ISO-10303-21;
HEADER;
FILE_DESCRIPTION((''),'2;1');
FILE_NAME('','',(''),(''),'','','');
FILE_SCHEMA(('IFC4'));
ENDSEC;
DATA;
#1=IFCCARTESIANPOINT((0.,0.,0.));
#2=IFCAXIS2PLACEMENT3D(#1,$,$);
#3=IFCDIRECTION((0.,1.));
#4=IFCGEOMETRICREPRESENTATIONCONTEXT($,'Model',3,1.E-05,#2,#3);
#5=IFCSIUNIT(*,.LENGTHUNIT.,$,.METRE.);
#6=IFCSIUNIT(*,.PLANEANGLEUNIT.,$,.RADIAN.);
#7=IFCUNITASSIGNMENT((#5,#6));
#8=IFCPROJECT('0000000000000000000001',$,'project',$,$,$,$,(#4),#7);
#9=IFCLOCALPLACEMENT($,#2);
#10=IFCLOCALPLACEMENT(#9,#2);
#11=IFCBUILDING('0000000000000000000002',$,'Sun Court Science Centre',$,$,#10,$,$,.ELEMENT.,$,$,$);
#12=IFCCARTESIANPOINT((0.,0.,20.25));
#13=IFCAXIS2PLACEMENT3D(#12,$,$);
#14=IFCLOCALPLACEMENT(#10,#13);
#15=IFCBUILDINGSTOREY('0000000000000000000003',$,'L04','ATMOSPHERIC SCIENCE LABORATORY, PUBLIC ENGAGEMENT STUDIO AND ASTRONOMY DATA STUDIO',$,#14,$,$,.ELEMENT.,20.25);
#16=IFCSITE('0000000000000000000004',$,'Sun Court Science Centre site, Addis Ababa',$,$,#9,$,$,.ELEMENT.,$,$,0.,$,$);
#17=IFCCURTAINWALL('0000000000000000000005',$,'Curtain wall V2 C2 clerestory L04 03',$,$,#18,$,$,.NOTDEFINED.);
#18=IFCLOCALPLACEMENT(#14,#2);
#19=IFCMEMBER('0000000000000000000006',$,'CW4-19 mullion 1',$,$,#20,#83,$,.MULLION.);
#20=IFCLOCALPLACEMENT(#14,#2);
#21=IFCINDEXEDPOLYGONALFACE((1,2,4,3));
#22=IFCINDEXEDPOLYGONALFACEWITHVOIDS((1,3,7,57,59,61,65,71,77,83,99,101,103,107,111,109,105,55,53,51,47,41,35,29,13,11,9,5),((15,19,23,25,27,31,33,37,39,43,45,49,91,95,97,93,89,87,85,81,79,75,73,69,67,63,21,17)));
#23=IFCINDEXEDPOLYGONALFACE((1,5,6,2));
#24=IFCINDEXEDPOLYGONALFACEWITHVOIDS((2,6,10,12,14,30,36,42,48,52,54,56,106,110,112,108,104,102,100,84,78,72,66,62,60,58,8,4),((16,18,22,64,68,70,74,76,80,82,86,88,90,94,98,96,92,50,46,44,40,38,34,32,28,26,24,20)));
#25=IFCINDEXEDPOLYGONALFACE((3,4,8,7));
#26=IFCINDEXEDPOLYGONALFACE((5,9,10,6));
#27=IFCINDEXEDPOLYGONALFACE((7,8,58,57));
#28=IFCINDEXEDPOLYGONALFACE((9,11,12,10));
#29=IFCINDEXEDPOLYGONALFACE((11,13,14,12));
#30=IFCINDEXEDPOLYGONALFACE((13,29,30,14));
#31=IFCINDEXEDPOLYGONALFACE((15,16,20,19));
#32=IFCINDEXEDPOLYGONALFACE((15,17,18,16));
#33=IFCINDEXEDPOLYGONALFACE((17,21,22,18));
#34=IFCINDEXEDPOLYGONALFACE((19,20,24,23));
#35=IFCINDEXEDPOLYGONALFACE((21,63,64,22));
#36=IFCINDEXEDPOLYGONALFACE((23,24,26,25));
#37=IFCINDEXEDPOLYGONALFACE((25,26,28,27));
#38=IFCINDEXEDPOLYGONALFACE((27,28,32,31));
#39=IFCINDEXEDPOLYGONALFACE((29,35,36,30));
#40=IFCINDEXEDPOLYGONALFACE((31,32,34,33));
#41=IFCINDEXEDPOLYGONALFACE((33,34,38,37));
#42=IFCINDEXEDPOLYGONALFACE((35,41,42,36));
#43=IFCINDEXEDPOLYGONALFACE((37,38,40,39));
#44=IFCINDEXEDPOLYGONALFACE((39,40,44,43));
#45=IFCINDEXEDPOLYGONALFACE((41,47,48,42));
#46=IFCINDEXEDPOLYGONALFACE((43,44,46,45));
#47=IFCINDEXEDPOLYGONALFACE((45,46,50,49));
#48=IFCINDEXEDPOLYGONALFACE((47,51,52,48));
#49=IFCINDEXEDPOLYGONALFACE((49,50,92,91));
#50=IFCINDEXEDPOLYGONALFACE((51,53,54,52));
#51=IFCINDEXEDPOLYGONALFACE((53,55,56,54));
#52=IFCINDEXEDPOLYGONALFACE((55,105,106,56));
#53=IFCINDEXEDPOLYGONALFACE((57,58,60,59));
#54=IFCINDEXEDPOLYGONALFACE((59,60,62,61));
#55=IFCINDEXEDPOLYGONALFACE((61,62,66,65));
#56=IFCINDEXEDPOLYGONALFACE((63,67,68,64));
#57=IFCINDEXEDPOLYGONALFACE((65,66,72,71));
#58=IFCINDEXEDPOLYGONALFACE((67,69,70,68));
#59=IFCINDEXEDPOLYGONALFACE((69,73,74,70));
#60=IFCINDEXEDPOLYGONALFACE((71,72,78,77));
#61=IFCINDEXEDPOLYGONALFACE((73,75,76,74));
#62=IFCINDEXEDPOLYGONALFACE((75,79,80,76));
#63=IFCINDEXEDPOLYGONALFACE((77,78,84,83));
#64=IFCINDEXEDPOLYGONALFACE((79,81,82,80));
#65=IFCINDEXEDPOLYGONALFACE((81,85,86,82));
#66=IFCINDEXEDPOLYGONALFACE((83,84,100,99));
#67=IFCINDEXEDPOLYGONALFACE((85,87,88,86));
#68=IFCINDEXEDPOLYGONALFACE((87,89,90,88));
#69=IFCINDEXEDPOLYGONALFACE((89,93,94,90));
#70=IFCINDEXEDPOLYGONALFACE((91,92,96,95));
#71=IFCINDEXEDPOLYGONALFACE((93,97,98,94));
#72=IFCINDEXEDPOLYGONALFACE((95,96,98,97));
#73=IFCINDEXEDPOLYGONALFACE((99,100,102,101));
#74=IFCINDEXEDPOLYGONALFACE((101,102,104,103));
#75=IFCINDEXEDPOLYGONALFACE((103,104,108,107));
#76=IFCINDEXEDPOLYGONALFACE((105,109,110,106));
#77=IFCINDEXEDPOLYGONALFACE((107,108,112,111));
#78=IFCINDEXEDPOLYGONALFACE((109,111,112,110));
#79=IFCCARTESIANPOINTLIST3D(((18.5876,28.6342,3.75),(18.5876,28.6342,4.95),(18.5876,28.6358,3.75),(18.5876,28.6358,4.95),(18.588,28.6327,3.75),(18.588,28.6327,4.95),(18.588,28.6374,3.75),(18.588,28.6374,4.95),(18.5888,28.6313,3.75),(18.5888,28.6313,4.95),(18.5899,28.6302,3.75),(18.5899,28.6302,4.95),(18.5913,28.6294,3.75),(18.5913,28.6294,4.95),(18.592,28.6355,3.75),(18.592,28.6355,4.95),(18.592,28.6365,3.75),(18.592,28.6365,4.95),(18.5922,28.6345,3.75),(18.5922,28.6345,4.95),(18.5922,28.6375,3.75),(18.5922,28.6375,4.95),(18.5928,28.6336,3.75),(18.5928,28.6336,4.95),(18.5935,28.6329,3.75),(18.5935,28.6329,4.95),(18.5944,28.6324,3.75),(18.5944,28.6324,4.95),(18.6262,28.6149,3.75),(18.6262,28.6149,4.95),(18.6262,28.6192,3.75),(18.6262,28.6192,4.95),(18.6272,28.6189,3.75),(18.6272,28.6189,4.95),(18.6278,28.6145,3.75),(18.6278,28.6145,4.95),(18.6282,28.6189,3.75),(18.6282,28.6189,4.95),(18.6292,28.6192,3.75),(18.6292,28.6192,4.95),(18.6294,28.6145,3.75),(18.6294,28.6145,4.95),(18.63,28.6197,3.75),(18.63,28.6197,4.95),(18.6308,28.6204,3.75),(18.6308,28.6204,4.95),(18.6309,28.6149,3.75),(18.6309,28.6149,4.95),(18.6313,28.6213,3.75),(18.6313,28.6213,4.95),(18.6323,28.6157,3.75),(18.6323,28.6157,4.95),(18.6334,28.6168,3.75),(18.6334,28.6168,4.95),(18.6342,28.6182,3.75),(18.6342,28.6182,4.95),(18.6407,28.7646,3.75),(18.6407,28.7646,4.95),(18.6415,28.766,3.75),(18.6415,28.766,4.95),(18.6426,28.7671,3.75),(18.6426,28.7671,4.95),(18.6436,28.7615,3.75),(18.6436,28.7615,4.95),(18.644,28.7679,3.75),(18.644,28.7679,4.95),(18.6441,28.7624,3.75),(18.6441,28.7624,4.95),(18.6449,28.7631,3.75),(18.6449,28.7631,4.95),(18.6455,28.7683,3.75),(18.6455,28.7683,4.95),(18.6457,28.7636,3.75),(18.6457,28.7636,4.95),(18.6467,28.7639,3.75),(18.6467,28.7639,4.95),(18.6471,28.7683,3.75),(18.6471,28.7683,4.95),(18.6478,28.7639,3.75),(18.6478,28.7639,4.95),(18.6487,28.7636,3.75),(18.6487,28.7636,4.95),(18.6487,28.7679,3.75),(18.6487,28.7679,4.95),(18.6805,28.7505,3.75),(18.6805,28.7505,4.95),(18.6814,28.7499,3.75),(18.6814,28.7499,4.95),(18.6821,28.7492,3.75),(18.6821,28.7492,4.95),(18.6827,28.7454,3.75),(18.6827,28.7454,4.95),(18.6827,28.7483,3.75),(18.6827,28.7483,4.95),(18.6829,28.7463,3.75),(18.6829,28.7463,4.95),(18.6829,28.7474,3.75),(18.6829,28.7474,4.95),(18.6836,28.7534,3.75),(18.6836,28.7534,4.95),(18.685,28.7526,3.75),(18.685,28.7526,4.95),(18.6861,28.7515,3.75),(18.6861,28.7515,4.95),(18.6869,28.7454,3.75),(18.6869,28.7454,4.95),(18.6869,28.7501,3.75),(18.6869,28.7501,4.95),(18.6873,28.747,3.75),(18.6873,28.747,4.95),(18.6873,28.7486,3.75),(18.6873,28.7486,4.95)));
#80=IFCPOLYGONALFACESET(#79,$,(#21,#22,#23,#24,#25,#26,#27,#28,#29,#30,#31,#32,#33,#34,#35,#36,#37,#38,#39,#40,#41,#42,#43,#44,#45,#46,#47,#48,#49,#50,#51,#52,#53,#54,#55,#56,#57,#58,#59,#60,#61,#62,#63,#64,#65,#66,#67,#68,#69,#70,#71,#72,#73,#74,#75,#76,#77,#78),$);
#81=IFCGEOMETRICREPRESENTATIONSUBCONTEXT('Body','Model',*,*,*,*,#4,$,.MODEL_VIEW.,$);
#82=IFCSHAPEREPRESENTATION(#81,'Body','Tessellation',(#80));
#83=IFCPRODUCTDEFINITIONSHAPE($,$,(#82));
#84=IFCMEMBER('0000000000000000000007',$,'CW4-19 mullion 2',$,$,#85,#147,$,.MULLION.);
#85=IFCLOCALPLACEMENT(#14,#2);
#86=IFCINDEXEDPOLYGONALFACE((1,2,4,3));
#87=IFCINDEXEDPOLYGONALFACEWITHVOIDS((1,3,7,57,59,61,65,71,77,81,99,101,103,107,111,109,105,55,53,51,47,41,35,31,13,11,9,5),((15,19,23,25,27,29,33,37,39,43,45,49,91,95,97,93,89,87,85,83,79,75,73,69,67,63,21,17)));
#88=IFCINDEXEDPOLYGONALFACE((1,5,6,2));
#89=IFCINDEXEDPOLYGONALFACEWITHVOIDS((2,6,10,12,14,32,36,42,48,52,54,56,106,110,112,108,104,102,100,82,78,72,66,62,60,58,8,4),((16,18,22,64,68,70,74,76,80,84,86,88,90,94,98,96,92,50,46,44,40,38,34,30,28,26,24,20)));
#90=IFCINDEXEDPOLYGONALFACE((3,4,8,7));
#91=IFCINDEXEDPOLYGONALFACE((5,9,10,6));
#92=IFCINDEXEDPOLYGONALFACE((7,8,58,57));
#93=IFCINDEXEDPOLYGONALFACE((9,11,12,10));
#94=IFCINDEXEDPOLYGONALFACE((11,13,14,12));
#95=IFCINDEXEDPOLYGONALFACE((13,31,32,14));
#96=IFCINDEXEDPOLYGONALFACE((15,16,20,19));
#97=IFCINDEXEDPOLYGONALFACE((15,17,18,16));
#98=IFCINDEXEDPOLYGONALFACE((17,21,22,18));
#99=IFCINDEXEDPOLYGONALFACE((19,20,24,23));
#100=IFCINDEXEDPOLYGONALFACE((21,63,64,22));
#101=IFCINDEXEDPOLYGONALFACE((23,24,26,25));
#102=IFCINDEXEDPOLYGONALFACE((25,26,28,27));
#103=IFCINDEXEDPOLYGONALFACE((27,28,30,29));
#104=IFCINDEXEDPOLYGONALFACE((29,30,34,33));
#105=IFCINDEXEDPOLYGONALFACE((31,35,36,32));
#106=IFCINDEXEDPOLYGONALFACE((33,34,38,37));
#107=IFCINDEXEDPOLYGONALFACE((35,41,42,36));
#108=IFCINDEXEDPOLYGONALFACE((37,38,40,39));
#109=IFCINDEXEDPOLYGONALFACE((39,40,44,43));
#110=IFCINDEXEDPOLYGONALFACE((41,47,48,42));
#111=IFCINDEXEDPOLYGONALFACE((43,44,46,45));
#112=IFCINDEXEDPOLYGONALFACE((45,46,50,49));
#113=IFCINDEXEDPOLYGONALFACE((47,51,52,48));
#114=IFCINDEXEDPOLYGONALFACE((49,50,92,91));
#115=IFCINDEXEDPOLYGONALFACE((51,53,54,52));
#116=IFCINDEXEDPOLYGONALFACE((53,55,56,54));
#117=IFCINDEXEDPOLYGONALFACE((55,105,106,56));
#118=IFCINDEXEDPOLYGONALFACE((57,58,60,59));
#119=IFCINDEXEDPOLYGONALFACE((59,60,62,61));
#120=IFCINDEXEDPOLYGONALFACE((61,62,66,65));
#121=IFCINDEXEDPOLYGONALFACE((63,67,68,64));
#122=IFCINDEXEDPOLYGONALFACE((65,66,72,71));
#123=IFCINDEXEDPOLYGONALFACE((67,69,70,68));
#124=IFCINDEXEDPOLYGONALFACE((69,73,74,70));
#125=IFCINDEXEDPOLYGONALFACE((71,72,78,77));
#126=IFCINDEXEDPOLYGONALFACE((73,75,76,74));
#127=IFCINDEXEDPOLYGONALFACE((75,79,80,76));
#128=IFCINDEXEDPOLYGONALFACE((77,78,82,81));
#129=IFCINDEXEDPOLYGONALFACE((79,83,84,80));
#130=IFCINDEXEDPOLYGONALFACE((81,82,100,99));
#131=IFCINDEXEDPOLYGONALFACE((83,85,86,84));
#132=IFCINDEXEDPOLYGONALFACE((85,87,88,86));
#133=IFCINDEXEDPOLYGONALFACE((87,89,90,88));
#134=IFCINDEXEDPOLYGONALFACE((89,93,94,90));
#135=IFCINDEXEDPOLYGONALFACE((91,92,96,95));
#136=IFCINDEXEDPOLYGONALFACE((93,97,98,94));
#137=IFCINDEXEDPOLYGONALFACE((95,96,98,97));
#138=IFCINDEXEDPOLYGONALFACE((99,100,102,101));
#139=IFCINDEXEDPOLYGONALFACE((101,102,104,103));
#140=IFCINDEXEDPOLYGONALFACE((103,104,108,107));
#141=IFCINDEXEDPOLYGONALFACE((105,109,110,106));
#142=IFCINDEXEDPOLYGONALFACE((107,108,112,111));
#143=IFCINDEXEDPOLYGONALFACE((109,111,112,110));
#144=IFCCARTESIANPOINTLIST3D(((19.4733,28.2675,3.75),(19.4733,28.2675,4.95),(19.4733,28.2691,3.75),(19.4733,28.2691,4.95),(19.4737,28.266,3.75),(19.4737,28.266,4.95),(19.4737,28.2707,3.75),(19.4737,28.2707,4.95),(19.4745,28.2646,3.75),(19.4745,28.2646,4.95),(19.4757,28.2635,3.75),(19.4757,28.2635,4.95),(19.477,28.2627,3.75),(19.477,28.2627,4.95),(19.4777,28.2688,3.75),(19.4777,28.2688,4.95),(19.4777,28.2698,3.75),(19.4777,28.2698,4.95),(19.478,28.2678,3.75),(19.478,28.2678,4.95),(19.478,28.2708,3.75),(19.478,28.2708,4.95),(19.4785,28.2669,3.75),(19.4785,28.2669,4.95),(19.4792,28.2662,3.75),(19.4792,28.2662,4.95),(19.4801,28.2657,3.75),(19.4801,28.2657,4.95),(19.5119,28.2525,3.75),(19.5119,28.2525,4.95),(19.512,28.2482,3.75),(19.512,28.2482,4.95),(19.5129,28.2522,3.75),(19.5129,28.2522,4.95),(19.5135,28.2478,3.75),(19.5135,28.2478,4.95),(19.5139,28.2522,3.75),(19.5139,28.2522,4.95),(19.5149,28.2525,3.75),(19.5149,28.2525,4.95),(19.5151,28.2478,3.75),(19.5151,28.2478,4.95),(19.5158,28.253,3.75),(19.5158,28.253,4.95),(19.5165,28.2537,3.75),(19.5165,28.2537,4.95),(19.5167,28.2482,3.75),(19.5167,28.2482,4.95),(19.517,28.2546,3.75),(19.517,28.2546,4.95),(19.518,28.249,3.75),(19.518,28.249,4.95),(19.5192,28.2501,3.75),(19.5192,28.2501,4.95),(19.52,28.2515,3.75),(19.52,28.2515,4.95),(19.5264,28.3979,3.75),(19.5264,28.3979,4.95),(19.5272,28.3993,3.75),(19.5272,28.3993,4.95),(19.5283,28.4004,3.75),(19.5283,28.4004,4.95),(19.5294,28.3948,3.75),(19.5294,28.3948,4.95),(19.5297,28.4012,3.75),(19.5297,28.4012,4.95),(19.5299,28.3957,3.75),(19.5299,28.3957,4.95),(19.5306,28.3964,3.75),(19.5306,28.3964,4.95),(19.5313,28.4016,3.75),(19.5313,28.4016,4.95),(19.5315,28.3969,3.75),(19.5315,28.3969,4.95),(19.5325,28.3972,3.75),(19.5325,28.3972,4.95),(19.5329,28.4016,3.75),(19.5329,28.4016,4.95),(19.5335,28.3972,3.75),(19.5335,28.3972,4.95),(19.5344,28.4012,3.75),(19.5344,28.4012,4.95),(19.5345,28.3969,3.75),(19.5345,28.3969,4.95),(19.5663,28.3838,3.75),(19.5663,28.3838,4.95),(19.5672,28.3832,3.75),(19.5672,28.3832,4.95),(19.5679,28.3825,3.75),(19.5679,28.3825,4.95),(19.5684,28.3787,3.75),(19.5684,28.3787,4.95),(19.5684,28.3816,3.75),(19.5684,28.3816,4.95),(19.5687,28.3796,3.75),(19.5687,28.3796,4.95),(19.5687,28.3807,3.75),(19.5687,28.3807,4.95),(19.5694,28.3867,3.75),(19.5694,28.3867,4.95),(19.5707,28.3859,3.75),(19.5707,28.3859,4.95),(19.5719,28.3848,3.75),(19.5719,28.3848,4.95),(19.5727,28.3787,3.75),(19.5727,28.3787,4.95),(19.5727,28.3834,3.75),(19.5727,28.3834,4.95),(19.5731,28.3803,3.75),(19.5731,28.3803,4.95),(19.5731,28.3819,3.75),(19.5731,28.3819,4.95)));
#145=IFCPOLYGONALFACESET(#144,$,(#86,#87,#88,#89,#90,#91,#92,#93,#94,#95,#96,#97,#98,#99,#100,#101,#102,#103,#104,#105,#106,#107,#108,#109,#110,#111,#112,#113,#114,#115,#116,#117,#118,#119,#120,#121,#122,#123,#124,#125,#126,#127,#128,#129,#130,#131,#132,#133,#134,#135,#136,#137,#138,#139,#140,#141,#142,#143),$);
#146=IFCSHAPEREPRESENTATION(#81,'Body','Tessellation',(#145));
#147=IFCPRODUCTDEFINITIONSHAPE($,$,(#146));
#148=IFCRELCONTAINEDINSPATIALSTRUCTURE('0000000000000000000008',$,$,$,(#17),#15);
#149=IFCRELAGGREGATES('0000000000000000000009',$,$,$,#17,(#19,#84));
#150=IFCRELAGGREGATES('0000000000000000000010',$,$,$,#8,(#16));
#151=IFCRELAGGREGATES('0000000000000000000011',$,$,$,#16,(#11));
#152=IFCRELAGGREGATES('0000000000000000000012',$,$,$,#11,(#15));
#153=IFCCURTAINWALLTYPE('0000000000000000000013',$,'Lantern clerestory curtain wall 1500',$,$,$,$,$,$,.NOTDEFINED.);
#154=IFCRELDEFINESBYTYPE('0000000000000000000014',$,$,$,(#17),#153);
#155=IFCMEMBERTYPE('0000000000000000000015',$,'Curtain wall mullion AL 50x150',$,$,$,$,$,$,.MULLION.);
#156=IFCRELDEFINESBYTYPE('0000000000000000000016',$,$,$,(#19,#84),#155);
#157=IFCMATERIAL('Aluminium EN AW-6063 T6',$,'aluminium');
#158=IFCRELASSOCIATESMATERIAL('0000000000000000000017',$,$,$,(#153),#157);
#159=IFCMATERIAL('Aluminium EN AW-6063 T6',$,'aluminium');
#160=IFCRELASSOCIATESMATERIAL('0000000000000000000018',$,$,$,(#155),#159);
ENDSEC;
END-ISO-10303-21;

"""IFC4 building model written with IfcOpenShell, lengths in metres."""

from ifc_helpers import new_model, si_unit, direction, frame, origin, origin_2d, place, context, subcontext, project, spatial, hollow_rectangle, extrude, material, material_profile, profile_set, type_object, element, aggregate, save


model = new_model("IFC4")

# Units and contexts
model_context = context("Model", 3, precision=1e-05, world=origin(), true_north=direction((0.0, 1.0)))
body_context = subcontext(model_context, "Body", "Model", "MODEL_VIEW")
ifc_project = project(units=[si_unit("LENGTHUNIT", "METRE"), si_unit("PLANEANGLEUNIT", "RADIAN")], contexts=[model_context])

# Site, building, storey
site_placement = place(None, origin())
site = spatial("IfcSite", under=ifc_project, at=site_placement, Name="Sun Court Science Centre site, Addis Ababa", CompositionType="ELEMENT", RefElevation=0.0)
building_placement = place(site_placement, origin())
building = spatial("IfcBuilding", under=site, at=building_placement, Name="Sun Court Science Centre", CompositionType="ELEMENT")
storey_placement = place(building_placement, frame((0.0, 0.0, 20.25)))
storey = spatial("IfcBuildingStorey", under=building, at=storey_placement, Name="L04", Description="ATMOSPHERIC SCIENCE LABORATORY, PUBLIC ENGAGEMENT STUDIO AND ASTRONOMY DATA STUDIO", CompositionType="ELEMENT", Elevation=20.25)

# Curtain wall, members
ifc_material_1 = material(Name="Aluminium EN AW-6063 T6", Category="aluminium")
curtain_wall_type = type_object("IfcCurtainWallType", Name="Lantern clerestory curtain wall 1500", PredefinedType="NOTDEFINED", material=ifc_material_1)
ifc_material_2 = material(Name="Aluminium EN AW-6063 T6", Category="aluminium")
ifc_material_profile_1 = material_profile(ifc_material_2, hollow_rectangle(XDim=0.05, YDim=0.1499, WallThickness=0.0039, InnerFilletRadius=0.0039, OuterFilletRadius=0.0061, at=origin_2d()), Name="AL 50x150x4")
ifc_profile_set_1 = profile_set([ifc_material_profile_1], Name="Aluminium EN AW-6063 T6")
member_type_1 = type_object("IfcMemberType", Name="Curtain wall mullion AL 50x150", PredefinedType="MULLION", material=ifc_profile_set_1)
curtain_wall_1_placement = place(storey_placement, origin())
curtain_wall_1 = element("IfcCurtainWall", 1, at=curtain_wall_1_placement, inside=storey, type_object=curtain_wall_type, Name="Curtain wall V2 C2 clerestory L04 03", PredefinedType="NOTDEFINED")
member_1_placement = place(storey_placement, frame((18.6375, 28.6914, 3.75), z_axis=(0.0, 0.0, 1.0), x_axis=(0.92388, -0.382683, 0.0)))
member_1 = element("IfcMember", 2, at=member_1_placement, type_object=member_type_1, Name="CW4-19 mullion 1", PredefinedType="MULLION", context=body_context, shape_type="SweptSolid", body=[
    extrude(hollow_rectangle(XDim=0.05, YDim=0.1499, WallThickness=0.0039, InnerFilletRadius=0.0039, OuterFilletRadius=0.0061, at=origin_2d()), origin(), (0.0, 0.0, 1.0), 1.2),
])
member_2_placement = place(storey_placement, frame((19.5232, 28.3247, 3.75), z_axis=(0.0, 0.0, 1.0), x_axis=(0.92388, -0.382683, 0.0)))
member_2 = element("IfcMember", 3, at=member_2_placement, type_object=member_type_1, Name="CW4-19 mullion 2", PredefinedType="MULLION", context=body_context, shape_type="SweptSolid", body=[
    extrude(hollow_rectangle(XDim=0.05, YDim=0.1499, WallThickness=0.0039, InnerFilletRadius=0.0039, OuterFilletRadius=0.0061, at=origin_2d()), origin(), (0.0, 0.0, 1.0), 1.2),
])
aggregate(curtain_wall_1, [member_1, member_2])

save(model, "model.ifc")
